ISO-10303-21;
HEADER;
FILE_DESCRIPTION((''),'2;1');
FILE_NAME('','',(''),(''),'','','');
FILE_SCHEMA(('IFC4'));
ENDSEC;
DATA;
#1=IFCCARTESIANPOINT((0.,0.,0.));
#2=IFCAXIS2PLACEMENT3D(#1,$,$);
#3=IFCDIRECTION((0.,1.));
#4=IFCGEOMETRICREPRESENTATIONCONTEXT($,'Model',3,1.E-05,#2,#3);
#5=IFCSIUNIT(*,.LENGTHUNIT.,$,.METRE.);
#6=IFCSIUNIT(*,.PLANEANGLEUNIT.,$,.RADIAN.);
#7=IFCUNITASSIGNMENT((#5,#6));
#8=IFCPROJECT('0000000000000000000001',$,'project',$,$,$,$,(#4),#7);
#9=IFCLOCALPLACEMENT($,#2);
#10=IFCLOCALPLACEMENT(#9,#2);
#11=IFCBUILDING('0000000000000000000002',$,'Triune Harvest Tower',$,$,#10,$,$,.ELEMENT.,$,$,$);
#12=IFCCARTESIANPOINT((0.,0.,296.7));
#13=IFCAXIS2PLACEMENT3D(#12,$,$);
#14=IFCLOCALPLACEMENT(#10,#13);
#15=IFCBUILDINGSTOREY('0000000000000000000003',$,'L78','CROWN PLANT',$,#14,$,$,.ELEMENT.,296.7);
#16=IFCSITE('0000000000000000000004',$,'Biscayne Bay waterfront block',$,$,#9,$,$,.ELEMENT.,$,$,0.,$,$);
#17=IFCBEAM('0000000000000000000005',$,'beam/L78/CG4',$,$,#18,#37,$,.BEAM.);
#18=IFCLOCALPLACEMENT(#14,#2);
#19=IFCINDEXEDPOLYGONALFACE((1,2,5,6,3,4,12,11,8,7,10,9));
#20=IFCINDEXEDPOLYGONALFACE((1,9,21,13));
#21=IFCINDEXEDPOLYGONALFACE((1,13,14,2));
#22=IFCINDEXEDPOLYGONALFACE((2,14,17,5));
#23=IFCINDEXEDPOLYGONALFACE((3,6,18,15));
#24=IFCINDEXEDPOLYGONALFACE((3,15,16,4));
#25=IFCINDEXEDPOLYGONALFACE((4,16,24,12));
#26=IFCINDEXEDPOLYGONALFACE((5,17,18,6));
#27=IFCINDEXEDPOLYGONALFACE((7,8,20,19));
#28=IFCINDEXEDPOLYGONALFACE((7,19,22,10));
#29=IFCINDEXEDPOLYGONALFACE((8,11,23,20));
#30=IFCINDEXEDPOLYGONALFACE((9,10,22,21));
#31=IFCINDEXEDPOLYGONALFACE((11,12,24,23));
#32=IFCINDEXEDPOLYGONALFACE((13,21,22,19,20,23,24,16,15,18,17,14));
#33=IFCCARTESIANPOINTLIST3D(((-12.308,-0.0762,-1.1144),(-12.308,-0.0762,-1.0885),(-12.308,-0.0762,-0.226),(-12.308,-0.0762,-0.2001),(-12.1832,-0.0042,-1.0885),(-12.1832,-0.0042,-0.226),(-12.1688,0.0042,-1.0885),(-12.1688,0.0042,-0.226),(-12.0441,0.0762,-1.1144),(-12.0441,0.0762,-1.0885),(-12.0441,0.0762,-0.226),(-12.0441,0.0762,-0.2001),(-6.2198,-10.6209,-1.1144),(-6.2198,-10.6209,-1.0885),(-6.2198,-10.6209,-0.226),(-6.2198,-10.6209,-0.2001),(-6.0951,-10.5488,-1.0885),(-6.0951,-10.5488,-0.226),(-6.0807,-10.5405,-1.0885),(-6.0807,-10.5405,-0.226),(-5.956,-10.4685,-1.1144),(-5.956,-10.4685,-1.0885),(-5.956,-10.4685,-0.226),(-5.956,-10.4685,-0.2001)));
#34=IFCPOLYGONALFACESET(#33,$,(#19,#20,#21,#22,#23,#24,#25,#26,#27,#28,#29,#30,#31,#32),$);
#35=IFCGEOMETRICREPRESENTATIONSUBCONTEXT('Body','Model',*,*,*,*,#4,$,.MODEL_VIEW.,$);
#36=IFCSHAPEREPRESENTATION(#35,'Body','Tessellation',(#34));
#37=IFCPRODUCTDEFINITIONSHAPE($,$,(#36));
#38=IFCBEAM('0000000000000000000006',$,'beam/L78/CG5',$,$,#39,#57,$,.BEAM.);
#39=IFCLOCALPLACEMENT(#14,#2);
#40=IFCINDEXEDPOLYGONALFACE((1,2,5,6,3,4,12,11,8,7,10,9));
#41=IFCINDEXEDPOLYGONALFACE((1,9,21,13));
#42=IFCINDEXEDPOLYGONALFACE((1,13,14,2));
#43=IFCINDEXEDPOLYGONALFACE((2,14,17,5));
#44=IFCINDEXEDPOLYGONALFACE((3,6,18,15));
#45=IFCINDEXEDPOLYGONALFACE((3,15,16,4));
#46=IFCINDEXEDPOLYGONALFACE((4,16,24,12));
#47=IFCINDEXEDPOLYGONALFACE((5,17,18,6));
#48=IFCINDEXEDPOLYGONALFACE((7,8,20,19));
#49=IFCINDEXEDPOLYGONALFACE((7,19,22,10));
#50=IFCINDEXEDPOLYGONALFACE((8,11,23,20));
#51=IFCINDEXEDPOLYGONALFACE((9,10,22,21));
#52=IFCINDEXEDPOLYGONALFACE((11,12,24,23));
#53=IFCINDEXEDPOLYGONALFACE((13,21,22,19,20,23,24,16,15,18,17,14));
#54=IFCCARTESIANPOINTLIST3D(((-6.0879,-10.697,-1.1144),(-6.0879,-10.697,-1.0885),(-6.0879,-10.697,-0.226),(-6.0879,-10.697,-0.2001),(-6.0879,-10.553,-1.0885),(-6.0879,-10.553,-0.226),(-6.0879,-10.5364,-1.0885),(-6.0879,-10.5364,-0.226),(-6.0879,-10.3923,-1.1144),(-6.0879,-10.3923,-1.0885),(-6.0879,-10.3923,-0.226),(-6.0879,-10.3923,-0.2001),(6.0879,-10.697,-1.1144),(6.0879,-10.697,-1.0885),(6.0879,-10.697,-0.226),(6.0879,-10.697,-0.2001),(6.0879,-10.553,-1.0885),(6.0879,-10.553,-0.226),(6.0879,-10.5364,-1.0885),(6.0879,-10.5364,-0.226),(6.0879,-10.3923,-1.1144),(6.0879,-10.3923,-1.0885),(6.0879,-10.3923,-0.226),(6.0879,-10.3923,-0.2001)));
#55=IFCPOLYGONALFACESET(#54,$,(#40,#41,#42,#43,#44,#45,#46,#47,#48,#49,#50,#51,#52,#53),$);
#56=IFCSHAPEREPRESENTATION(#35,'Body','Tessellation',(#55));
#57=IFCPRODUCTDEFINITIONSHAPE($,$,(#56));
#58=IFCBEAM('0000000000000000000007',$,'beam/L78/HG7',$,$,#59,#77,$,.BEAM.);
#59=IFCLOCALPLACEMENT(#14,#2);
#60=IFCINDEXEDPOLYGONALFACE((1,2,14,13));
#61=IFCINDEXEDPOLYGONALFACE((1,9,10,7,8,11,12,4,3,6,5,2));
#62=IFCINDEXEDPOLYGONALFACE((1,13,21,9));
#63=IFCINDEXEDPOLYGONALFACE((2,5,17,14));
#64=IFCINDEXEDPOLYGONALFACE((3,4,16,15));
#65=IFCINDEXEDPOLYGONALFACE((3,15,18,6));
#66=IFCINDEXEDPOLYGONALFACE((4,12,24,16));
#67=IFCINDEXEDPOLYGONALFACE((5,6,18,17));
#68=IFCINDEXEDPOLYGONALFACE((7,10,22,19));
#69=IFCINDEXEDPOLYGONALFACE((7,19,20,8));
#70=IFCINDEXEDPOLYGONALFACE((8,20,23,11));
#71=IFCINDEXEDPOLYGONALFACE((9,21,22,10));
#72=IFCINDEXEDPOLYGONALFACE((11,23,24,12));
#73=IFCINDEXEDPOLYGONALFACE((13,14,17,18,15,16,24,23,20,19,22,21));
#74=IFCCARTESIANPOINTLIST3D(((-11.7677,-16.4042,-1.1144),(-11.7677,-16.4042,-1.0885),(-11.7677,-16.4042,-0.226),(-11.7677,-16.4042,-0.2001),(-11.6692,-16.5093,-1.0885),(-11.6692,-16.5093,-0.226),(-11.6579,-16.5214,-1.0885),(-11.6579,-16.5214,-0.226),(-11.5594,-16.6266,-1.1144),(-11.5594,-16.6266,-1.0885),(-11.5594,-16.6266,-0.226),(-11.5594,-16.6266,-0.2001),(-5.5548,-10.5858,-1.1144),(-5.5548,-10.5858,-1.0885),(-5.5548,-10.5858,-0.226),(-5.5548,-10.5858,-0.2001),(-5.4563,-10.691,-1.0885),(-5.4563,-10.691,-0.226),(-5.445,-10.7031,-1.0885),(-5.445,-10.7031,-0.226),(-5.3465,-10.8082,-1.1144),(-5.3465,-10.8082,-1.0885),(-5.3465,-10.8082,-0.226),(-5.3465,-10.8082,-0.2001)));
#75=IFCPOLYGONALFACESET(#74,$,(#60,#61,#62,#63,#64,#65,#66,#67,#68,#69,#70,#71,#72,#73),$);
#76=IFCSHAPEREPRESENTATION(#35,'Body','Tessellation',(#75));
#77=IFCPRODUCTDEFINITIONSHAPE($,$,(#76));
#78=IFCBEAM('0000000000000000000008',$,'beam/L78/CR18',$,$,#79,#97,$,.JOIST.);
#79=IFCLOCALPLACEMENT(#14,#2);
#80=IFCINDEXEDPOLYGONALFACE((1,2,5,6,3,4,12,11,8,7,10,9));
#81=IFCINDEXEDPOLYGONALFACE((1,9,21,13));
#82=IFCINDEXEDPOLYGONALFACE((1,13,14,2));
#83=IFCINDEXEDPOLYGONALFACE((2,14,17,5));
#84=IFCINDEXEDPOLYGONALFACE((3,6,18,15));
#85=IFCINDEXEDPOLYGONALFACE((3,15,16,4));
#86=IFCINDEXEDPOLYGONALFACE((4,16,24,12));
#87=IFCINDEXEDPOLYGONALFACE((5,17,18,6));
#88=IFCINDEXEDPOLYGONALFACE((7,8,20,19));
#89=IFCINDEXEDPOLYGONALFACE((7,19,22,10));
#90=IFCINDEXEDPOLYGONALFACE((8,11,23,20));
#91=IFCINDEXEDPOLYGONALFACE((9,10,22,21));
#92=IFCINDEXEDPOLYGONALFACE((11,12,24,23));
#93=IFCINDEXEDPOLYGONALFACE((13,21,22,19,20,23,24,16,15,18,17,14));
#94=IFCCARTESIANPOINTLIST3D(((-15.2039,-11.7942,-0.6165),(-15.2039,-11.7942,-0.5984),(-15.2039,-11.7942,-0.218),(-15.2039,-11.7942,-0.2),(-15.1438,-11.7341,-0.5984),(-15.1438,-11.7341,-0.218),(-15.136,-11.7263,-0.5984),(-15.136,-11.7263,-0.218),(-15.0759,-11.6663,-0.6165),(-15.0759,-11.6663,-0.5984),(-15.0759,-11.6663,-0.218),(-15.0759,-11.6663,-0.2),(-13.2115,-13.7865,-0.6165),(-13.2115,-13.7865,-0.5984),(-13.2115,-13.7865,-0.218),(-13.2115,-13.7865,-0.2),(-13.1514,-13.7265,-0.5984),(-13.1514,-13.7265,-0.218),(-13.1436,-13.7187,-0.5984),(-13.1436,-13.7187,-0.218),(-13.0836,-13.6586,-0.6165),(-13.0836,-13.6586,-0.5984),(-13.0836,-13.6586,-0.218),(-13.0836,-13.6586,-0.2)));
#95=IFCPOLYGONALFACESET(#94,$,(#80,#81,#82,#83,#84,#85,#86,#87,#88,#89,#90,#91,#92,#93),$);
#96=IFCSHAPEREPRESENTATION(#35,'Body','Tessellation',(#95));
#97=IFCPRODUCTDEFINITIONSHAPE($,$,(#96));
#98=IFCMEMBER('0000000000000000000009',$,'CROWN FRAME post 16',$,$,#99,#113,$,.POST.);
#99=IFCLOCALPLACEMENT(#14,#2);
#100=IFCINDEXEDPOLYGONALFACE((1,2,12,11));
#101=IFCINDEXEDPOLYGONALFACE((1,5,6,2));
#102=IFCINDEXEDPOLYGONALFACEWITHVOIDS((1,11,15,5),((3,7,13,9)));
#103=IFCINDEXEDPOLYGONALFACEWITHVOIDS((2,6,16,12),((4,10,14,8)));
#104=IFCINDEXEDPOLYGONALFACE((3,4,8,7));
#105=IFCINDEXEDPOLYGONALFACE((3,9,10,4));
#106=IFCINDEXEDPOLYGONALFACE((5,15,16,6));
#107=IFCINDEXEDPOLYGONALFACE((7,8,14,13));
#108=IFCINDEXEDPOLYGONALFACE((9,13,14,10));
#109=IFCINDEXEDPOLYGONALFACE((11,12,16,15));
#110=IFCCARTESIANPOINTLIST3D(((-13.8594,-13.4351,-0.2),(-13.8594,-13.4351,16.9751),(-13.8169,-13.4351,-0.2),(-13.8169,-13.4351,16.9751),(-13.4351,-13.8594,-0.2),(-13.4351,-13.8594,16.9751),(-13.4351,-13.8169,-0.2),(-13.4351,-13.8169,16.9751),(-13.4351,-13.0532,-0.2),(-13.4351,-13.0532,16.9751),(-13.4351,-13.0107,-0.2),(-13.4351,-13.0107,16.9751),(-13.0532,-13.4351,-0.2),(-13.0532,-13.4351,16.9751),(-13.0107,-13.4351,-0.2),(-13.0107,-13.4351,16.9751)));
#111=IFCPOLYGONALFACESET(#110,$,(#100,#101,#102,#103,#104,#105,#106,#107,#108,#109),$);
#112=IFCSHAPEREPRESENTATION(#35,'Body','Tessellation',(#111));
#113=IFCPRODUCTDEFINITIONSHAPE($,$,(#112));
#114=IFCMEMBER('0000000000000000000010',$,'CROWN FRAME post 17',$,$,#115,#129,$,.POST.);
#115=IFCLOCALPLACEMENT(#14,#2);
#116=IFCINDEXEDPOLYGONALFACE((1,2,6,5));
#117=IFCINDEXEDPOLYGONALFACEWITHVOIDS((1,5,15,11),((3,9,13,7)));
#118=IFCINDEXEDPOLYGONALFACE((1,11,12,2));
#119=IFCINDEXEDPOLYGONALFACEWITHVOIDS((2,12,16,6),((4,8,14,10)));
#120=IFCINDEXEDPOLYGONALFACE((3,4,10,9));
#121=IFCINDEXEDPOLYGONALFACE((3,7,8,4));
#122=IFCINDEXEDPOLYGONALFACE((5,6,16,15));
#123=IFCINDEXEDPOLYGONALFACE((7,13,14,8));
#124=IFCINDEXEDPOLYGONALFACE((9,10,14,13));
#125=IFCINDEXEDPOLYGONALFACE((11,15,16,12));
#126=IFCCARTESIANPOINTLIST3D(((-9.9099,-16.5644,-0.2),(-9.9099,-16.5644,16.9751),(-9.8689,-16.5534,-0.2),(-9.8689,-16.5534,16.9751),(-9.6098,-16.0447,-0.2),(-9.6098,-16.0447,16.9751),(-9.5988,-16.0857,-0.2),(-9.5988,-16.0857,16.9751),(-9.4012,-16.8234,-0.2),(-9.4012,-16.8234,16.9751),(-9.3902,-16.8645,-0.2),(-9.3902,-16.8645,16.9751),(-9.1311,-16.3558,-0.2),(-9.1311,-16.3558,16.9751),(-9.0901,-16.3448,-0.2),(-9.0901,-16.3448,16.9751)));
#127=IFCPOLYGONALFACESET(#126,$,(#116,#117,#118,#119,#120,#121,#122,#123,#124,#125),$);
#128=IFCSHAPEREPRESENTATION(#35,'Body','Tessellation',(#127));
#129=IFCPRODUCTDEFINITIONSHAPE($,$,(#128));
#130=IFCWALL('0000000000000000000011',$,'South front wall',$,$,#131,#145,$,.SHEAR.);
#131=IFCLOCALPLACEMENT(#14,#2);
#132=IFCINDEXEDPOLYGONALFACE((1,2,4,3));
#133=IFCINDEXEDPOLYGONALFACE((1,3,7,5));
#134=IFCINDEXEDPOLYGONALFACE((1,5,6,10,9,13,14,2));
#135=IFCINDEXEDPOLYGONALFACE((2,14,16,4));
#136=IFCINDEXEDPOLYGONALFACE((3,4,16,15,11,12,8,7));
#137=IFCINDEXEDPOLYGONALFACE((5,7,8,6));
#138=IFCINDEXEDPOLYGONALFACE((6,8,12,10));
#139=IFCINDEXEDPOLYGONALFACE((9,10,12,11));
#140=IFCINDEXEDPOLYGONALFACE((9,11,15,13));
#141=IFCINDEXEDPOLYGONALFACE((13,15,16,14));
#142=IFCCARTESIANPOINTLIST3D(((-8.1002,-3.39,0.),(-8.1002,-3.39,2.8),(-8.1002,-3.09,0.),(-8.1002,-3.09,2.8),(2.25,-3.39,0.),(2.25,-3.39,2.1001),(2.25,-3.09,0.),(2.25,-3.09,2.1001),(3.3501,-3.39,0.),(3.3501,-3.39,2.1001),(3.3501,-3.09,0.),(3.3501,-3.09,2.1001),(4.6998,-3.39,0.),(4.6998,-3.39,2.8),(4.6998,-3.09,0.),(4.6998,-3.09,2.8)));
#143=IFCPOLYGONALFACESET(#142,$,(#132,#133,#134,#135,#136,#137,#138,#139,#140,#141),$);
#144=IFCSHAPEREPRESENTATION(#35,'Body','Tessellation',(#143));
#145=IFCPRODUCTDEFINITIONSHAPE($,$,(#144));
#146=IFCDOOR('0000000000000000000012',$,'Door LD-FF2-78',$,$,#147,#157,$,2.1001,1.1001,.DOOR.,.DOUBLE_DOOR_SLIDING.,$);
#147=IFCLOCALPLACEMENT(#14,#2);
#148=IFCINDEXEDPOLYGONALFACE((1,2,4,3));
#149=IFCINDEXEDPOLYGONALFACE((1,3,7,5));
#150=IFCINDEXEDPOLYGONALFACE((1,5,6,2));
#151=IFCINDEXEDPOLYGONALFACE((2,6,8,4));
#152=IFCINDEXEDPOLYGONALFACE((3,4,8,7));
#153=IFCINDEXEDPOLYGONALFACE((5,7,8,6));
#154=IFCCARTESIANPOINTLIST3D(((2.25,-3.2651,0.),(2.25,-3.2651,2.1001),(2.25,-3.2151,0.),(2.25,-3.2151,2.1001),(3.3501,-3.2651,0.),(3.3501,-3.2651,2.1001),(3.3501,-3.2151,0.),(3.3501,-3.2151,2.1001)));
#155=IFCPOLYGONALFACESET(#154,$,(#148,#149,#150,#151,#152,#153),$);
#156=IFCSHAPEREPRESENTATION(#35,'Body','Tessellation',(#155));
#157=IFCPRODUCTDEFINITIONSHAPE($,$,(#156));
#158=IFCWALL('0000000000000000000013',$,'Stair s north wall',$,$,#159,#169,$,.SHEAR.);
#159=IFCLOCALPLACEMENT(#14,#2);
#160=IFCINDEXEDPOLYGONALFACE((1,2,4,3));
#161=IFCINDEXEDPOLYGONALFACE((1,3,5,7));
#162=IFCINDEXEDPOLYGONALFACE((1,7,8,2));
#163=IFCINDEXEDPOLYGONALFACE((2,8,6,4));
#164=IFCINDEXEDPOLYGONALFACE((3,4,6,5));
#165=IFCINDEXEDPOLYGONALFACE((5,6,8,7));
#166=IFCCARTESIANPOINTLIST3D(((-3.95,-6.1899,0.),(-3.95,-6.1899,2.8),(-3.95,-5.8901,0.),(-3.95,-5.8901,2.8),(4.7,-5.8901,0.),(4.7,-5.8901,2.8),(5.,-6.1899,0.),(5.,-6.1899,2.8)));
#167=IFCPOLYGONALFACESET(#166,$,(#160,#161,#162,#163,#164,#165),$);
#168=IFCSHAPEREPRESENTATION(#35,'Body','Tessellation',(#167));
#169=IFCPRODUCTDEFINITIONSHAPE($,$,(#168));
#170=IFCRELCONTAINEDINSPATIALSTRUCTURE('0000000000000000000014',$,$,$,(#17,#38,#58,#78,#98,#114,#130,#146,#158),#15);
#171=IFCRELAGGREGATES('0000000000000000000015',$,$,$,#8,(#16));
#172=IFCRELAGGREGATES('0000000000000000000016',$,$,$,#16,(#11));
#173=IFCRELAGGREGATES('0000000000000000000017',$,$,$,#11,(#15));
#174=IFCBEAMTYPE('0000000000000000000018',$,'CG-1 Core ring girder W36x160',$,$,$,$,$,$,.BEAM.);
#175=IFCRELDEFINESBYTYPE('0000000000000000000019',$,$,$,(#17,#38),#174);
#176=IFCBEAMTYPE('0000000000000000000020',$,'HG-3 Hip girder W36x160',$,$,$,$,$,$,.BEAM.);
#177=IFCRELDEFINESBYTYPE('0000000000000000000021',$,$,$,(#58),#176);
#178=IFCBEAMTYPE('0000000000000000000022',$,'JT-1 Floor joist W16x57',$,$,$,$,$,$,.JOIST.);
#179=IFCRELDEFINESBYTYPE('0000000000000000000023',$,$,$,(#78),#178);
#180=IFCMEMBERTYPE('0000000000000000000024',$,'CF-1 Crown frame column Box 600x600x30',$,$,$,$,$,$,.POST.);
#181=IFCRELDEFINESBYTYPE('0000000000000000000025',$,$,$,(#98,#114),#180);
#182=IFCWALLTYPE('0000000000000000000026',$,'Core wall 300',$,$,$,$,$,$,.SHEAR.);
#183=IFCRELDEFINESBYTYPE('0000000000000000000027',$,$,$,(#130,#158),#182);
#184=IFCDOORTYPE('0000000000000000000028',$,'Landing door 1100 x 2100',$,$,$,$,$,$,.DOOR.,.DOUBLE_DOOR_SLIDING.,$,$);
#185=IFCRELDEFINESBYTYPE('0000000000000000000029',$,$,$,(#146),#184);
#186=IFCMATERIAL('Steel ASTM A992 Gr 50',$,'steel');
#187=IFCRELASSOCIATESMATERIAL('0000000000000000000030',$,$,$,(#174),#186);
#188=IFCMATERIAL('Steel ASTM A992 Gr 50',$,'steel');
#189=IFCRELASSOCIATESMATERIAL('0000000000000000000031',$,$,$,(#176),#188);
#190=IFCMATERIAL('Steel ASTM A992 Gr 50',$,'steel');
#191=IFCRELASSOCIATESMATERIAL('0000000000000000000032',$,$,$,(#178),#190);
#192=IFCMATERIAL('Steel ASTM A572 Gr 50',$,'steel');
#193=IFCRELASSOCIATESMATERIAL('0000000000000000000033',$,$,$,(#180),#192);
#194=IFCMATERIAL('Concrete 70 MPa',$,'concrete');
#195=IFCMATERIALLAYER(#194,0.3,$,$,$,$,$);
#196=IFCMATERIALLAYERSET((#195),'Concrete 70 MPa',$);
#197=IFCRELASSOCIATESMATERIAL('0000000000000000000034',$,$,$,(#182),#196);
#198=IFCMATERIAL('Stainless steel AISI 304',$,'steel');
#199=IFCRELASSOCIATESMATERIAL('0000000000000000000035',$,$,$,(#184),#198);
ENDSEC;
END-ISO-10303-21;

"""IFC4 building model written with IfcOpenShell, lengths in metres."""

from ifc_helpers import new_model, si_unit, direction, frame, frame_2d, origin, origin_2d, place, context, subcontext, project, spatial, polyline, rectangle, hollow_rectangle, i_section, outline, extrude, source, transform, mapped, material, layer, layer_set, material_profile, profile_set, type_object, element, fill, save


model = new_model("IFC4")

# Units and contexts
model_context = context("Model", 3, precision=1e-05, world=origin(), true_north=direction((0.0, 1.0)))
body_context = subcontext(model_context, "Body", "Model", "MODEL_VIEW")
ifc_project = project(units=[si_unit("LENGTHUNIT", "METRE"), si_unit("PLANEANGLEUNIT", "RADIAN")], contexts=[model_context])

# Site, building, storey
site_placement = place(None, origin())
site = spatial("IfcSite", under=ifc_project, at=site_placement, Name="Biscayne Bay waterfront block", CompositionType="ELEMENT", RefElevation=0.0)
building_placement = place(site_placement, origin())
building = spatial("IfcBuilding", under=site, at=building_placement, Name="Triune Harvest Tower", CompositionType="ELEMENT")
storey_placement = place(building_placement, frame((0.0, 0.0, 296.7)))
storey = spatial("IfcBuildingStorey", under=building, at=storey_placement, Name="L78", Description="CROWN PLANT", CompositionType="ELEMENT", Elevation=296.7)

# Beams
ifc_material_1 = material(Name="Steel ASTM A992 Gr 50", Category="steel")
ifc_material_profile_1 = material_profile(ifc_material_1, i_section(OverallWidth=0.3047, OverallDepth=0.9143, WebThickness=0.0166, FlangeThickness=0.0259, at=origin_2d()), Name="W36x160")
ifc_profile_set_1 = profile_set([ifc_material_profile_1], Name="Steel ASTM A992 Gr 50")
beam_type_1 = type_object("IfcBeamType", Name="CG-1 Core ring girder W36x160", PredefinedType="BEAM", material=ifc_profile_set_1)
shared_shape_1 = source(origin(), body_context, "Body", "SweptSolid", [
    extrude(i_section(OverallWidth=0.3047, OverallDepth=0.9143, WebThickness=0.0166, FlangeThickness=0.0259, at=origin_2d()), origin(), (0.0, 0.0, 1.0), 12.176),
])
beam_1_placement = place(storey_placement, frame((-12.176, 0.0, -0.6572), z_axis=(0.50001, -0.86602, 0.0), x_axis=(0.86602, 0.50001, 0.0)))
element("IfcBeam", 1, at=beam_1_placement, inside=storey, type_object=beam_type_1, Name="beam/L78/CG4", PredefinedType="BEAM", context=body_context, shape_type="MappedRepresentation", body=[
    mapped(shared_shape_1, transform((0.0, 0.0, 0.0), scale=1.0)),
])
shared_shape_2 = source(origin(), body_context, "Body", "SweptSolid", [
    extrude(i_section(OverallWidth=0.3047, OverallDepth=0.9143, WebThickness=0.0166, FlangeThickness=0.0259, at=origin_2d()), origin(), (0.0, 0.0, 1.0), 12.1758),
])
beam_2_placement = place(storey_placement, frame((-6.0879, -10.5447, -0.6572), z_axis=(1.0, 0.0, 0.0), x_axis=(0.0, 1.0, 0.0)))
element("IfcBeam", 2, at=beam_2_placement, inside=storey, type_object=beam_type_1, Name="beam/L78/CG5", PredefinedType="BEAM", context=body_context, shape_type="MappedRepresentation", body=[
    mapped(shared_shape_2, transform((0.0, 0.0, 0.0), scale=1.0)),
])
ifc_material_2 = material(Name="Steel ASTM A992 Gr 50", Category="steel")
ifc_material_profile_2 = material_profile(ifc_material_2, i_section(OverallWidth=0.3047, OverallDepth=0.9143, WebThickness=0.0166, FlangeThickness=0.0259, at=origin_2d()), Name="W36x160")
ifc_profile_set_2 = profile_set([ifc_material_profile_2], Name="Steel ASTM A992 Gr 50")
beam_type_2 = type_object("IfcBeamType", Name="HG-3 Hip girder W36x160", PredefinedType="BEAM", material=ifc_profile_set_2)
shared_shape_3 = source(origin(), body_context, "Body", "SweptSolid", [
    extrude(i_section(OverallWidth=0.3047, OverallDepth=0.9143, WebThickness=0.0166, FlangeThickness=0.0259, at=origin_2d()), origin(), (0.0, 0.0, 1.0), 8.512),
])
beam_3_placement = place(storey_placement, frame((-11.6636, -16.5154, -0.6572), z_axis=(0.729902, 0.683552, 0.0), x_axis=(-0.683552, 0.729902, 0.0)))
element("IfcBeam", 3, at=beam_3_placement, inside=storey, type_object=beam_type_2, Name="beam/L78/HG7", PredefinedType="BEAM", context=body_context, shape_type="MappedRepresentation", body=[
    mapped(shared_shape_3, transform((0.0, 0.0, 0.0), scale=1.0)),
])
ifc_material_3 = material(Name="Steel ASTM A992 Gr 50", Category="steel")
ifc_material_profile_3 = material_profile(ifc_material_3, i_section(OverallWidth=0.1809, OverallDepth=0.4165, WebThickness=0.011, FlangeThickness=0.0181, at=origin_2d()), Name="W16x57")
ifc_profile_set_3 = profile_set([ifc_material_profile_3], Name="Steel ASTM A992 Gr 50")
beam_type_3 = type_object("IfcBeamType", Name="JT-1 Floor joist W16x57", PredefinedType="JOIST", material=ifc_profile_set_3)
shared_shape_4 = source(origin(), body_context, "Body", "SweptSolid", [
    extrude(i_section(OverallWidth=0.1809, OverallDepth=0.4165, WebThickness=0.011, FlangeThickness=0.0181, at=origin_2d()), origin(), (0.0, 0.0, 1.0), 2.8176),
])
beam_4_placement = place(storey_placement, frame((-15.1399, -11.7302, -0.4082), z_axis=(0.707107, -0.707107, 0.0), x_axis=(0.707107, 0.707107, 0.0)))
element("IfcBeam", 4, at=beam_4_placement, inside=storey, type_object=beam_type_3, Name="beam/L78/CR18", PredefinedType="JOIST", context=body_context, shape_type="MappedRepresentation", body=[
    mapped(shared_shape_4, transform((0.0, 0.0, 0.0), scale=1.0)),
])

# Members
ifc_material_4 = material(Name="Steel ASTM A572 Gr 50", Category="steel")
ifc_material_profile_4 = material_profile(ifc_material_4, hollow_rectangle(XDim=0.6001, YDim=0.6001, WallThickness=0.03, at=origin_2d()), Name="Box 600x600x30")
ifc_profile_set_4 = profile_set([ifc_material_profile_4], Name="Steel ASTM A572 Gr 50")
member_type = type_object("IfcMemberType", Name="CF-1 Crown frame column Box 600x600x30", PredefinedType="POST", material=ifc_profile_set_4)
shared_shape_5 = source(origin(), body_context, "Body", "SweptSolid", [
    extrude(hollow_rectangle(XDim=0.6001, YDim=0.6001, WallThickness=0.03, at=origin_2d()), origin(), (0.0, 0.0, 1.0), 17.175),
])
for number, where, z_axis, x_axis, name in (
    (5, (-13.4351, -13.4351, -0.2), (0.0, 0.0, 1.0), (0.707107, -0.707107, 0.0), "CROWN FRAME post 16"),
    (6, (-9.5, -16.4546, -0.2), (0.0, 0.0, 1.0), (0.866025, -0.5, 0.0), "CROWN FRAME post 17"),
):
    element("IfcMember", number, at=place(storey_placement, frame(where, z_axis=z_axis, x_axis=x_axis)), inside=storey, type_object=member_type, Name=name, PredefinedType="POST", context=body_context, shape_type="MappedRepresentation", body=[
        mapped(shared_shape_5, transform((0.0, 0.0, 0.0), scale=1.0)),
    ])

# Wall, opening, door
ifc_material_5 = material(Name="Concrete 70 MPa", Category="concrete")
ifc_layer_1 = layer(ifc_material_5, 0.3)
ifc_layer_set_1 = layer_set([ifc_layer_1], Name="Concrete 70 MPa")
wall_type_1 = type_object("IfcWallType", Name="Core wall 300", PredefinedType="SHEAR", material=ifc_layer_set_1)
wall_1_placement = place(storey_placement, frame((-8.1001, -3.24, 0.0), z_axis=(0.0, 0.0, 1.0), x_axis=(1.0, 0.0, 0.0)))
wall_1 = element("IfcWall", 7, at=wall_1_placement, inside=storey, type_object=wall_type_1, Name="South front wall", PredefinedType="SHEAR", context=body_context, shape_type="SweptSolid", body=[
    extrude(rectangle(XDim=12.8, YDim=0.3, at=frame_2d((6.3999, 0.0))), origin(), (0.0, 0.0, 1.0), 2.8),
])
opening_1_placement = place(wall_1_placement, frame((10.3501, 0.0, 0.0)))
opening_1 = element("IfcOpeningElement", 8, at=opening_1_placement, cuts=wall_1, PredefinedType="OPENING", context=body_context, shape_type="SweptSolid", body=[
    extrude(rectangle(XDim=1.1001, YDim=2.1001, at=frame_2d((0.55, 1.05))), frame((0.0, 0.1602, 0.0), z_axis=(0.0, -1.0, 0.0), x_axis=(1.0, 0.0, 0.0)), (0.0, 0.0, 1.0), 0.3201),
])
ifc_material_6 = material(Name="Stainless steel AISI 304", Category="steel")
door_type_1 = type_object("IfcDoorType", Name="Landing door 1100 x 2100", OperationType="DOUBLE_DOOR_SLIDING", PredefinedType="DOOR", material=ifc_material_6)
door_1_placement = place(opening_1_placement, origin())
door_1 = element("IfcDoor", 9, at=door_1_placement, inside=storey, type_object=door_type_1, Name="Door LD-FF2-78", OperationType="DOUBLE_DOOR_SLIDING", OverallHeight=2.1001, OverallWidth=1.1001, PredefinedType="DOOR", context=body_context, shape_type="SweptSolid", body=[
    extrude(rectangle(XDim=1.1001, YDim=2.1001, at=frame_2d((0.55, 1.05))), frame((0.0, 0.0249, 0.0), z_axis=(0.0, -1.0, 0.0), x_axis=(1.0, 0.0, 0.0)), (0.0, 0.0, 1.0), 0.05),
])
fill(opening_1, door_1)

# Wall
wall_2_placement = place(storey_placement, frame((-3.95, -6.04, 0.0), z_axis=(0.0, 0.0, 1.0), x_axis=(1.0, 0.0, 0.0)))
element("IfcWall", 10, at=wall_2_placement, inside=storey, type_object=wall_type_1, Name="Stair s north wall", PredefinedType="SHEAR", context=body_context, shape_type="SweptSolid", body=[
    extrude(outline(polyline([(0.0, -0.1499), (8.95, -0.1499), (8.6499, 0.1499), (0.0, 0.1499), (0.0, -0.1499)])), origin(), (0.0, 0.0, 1.0), 2.8),
])

save(model, "model.ifc")
